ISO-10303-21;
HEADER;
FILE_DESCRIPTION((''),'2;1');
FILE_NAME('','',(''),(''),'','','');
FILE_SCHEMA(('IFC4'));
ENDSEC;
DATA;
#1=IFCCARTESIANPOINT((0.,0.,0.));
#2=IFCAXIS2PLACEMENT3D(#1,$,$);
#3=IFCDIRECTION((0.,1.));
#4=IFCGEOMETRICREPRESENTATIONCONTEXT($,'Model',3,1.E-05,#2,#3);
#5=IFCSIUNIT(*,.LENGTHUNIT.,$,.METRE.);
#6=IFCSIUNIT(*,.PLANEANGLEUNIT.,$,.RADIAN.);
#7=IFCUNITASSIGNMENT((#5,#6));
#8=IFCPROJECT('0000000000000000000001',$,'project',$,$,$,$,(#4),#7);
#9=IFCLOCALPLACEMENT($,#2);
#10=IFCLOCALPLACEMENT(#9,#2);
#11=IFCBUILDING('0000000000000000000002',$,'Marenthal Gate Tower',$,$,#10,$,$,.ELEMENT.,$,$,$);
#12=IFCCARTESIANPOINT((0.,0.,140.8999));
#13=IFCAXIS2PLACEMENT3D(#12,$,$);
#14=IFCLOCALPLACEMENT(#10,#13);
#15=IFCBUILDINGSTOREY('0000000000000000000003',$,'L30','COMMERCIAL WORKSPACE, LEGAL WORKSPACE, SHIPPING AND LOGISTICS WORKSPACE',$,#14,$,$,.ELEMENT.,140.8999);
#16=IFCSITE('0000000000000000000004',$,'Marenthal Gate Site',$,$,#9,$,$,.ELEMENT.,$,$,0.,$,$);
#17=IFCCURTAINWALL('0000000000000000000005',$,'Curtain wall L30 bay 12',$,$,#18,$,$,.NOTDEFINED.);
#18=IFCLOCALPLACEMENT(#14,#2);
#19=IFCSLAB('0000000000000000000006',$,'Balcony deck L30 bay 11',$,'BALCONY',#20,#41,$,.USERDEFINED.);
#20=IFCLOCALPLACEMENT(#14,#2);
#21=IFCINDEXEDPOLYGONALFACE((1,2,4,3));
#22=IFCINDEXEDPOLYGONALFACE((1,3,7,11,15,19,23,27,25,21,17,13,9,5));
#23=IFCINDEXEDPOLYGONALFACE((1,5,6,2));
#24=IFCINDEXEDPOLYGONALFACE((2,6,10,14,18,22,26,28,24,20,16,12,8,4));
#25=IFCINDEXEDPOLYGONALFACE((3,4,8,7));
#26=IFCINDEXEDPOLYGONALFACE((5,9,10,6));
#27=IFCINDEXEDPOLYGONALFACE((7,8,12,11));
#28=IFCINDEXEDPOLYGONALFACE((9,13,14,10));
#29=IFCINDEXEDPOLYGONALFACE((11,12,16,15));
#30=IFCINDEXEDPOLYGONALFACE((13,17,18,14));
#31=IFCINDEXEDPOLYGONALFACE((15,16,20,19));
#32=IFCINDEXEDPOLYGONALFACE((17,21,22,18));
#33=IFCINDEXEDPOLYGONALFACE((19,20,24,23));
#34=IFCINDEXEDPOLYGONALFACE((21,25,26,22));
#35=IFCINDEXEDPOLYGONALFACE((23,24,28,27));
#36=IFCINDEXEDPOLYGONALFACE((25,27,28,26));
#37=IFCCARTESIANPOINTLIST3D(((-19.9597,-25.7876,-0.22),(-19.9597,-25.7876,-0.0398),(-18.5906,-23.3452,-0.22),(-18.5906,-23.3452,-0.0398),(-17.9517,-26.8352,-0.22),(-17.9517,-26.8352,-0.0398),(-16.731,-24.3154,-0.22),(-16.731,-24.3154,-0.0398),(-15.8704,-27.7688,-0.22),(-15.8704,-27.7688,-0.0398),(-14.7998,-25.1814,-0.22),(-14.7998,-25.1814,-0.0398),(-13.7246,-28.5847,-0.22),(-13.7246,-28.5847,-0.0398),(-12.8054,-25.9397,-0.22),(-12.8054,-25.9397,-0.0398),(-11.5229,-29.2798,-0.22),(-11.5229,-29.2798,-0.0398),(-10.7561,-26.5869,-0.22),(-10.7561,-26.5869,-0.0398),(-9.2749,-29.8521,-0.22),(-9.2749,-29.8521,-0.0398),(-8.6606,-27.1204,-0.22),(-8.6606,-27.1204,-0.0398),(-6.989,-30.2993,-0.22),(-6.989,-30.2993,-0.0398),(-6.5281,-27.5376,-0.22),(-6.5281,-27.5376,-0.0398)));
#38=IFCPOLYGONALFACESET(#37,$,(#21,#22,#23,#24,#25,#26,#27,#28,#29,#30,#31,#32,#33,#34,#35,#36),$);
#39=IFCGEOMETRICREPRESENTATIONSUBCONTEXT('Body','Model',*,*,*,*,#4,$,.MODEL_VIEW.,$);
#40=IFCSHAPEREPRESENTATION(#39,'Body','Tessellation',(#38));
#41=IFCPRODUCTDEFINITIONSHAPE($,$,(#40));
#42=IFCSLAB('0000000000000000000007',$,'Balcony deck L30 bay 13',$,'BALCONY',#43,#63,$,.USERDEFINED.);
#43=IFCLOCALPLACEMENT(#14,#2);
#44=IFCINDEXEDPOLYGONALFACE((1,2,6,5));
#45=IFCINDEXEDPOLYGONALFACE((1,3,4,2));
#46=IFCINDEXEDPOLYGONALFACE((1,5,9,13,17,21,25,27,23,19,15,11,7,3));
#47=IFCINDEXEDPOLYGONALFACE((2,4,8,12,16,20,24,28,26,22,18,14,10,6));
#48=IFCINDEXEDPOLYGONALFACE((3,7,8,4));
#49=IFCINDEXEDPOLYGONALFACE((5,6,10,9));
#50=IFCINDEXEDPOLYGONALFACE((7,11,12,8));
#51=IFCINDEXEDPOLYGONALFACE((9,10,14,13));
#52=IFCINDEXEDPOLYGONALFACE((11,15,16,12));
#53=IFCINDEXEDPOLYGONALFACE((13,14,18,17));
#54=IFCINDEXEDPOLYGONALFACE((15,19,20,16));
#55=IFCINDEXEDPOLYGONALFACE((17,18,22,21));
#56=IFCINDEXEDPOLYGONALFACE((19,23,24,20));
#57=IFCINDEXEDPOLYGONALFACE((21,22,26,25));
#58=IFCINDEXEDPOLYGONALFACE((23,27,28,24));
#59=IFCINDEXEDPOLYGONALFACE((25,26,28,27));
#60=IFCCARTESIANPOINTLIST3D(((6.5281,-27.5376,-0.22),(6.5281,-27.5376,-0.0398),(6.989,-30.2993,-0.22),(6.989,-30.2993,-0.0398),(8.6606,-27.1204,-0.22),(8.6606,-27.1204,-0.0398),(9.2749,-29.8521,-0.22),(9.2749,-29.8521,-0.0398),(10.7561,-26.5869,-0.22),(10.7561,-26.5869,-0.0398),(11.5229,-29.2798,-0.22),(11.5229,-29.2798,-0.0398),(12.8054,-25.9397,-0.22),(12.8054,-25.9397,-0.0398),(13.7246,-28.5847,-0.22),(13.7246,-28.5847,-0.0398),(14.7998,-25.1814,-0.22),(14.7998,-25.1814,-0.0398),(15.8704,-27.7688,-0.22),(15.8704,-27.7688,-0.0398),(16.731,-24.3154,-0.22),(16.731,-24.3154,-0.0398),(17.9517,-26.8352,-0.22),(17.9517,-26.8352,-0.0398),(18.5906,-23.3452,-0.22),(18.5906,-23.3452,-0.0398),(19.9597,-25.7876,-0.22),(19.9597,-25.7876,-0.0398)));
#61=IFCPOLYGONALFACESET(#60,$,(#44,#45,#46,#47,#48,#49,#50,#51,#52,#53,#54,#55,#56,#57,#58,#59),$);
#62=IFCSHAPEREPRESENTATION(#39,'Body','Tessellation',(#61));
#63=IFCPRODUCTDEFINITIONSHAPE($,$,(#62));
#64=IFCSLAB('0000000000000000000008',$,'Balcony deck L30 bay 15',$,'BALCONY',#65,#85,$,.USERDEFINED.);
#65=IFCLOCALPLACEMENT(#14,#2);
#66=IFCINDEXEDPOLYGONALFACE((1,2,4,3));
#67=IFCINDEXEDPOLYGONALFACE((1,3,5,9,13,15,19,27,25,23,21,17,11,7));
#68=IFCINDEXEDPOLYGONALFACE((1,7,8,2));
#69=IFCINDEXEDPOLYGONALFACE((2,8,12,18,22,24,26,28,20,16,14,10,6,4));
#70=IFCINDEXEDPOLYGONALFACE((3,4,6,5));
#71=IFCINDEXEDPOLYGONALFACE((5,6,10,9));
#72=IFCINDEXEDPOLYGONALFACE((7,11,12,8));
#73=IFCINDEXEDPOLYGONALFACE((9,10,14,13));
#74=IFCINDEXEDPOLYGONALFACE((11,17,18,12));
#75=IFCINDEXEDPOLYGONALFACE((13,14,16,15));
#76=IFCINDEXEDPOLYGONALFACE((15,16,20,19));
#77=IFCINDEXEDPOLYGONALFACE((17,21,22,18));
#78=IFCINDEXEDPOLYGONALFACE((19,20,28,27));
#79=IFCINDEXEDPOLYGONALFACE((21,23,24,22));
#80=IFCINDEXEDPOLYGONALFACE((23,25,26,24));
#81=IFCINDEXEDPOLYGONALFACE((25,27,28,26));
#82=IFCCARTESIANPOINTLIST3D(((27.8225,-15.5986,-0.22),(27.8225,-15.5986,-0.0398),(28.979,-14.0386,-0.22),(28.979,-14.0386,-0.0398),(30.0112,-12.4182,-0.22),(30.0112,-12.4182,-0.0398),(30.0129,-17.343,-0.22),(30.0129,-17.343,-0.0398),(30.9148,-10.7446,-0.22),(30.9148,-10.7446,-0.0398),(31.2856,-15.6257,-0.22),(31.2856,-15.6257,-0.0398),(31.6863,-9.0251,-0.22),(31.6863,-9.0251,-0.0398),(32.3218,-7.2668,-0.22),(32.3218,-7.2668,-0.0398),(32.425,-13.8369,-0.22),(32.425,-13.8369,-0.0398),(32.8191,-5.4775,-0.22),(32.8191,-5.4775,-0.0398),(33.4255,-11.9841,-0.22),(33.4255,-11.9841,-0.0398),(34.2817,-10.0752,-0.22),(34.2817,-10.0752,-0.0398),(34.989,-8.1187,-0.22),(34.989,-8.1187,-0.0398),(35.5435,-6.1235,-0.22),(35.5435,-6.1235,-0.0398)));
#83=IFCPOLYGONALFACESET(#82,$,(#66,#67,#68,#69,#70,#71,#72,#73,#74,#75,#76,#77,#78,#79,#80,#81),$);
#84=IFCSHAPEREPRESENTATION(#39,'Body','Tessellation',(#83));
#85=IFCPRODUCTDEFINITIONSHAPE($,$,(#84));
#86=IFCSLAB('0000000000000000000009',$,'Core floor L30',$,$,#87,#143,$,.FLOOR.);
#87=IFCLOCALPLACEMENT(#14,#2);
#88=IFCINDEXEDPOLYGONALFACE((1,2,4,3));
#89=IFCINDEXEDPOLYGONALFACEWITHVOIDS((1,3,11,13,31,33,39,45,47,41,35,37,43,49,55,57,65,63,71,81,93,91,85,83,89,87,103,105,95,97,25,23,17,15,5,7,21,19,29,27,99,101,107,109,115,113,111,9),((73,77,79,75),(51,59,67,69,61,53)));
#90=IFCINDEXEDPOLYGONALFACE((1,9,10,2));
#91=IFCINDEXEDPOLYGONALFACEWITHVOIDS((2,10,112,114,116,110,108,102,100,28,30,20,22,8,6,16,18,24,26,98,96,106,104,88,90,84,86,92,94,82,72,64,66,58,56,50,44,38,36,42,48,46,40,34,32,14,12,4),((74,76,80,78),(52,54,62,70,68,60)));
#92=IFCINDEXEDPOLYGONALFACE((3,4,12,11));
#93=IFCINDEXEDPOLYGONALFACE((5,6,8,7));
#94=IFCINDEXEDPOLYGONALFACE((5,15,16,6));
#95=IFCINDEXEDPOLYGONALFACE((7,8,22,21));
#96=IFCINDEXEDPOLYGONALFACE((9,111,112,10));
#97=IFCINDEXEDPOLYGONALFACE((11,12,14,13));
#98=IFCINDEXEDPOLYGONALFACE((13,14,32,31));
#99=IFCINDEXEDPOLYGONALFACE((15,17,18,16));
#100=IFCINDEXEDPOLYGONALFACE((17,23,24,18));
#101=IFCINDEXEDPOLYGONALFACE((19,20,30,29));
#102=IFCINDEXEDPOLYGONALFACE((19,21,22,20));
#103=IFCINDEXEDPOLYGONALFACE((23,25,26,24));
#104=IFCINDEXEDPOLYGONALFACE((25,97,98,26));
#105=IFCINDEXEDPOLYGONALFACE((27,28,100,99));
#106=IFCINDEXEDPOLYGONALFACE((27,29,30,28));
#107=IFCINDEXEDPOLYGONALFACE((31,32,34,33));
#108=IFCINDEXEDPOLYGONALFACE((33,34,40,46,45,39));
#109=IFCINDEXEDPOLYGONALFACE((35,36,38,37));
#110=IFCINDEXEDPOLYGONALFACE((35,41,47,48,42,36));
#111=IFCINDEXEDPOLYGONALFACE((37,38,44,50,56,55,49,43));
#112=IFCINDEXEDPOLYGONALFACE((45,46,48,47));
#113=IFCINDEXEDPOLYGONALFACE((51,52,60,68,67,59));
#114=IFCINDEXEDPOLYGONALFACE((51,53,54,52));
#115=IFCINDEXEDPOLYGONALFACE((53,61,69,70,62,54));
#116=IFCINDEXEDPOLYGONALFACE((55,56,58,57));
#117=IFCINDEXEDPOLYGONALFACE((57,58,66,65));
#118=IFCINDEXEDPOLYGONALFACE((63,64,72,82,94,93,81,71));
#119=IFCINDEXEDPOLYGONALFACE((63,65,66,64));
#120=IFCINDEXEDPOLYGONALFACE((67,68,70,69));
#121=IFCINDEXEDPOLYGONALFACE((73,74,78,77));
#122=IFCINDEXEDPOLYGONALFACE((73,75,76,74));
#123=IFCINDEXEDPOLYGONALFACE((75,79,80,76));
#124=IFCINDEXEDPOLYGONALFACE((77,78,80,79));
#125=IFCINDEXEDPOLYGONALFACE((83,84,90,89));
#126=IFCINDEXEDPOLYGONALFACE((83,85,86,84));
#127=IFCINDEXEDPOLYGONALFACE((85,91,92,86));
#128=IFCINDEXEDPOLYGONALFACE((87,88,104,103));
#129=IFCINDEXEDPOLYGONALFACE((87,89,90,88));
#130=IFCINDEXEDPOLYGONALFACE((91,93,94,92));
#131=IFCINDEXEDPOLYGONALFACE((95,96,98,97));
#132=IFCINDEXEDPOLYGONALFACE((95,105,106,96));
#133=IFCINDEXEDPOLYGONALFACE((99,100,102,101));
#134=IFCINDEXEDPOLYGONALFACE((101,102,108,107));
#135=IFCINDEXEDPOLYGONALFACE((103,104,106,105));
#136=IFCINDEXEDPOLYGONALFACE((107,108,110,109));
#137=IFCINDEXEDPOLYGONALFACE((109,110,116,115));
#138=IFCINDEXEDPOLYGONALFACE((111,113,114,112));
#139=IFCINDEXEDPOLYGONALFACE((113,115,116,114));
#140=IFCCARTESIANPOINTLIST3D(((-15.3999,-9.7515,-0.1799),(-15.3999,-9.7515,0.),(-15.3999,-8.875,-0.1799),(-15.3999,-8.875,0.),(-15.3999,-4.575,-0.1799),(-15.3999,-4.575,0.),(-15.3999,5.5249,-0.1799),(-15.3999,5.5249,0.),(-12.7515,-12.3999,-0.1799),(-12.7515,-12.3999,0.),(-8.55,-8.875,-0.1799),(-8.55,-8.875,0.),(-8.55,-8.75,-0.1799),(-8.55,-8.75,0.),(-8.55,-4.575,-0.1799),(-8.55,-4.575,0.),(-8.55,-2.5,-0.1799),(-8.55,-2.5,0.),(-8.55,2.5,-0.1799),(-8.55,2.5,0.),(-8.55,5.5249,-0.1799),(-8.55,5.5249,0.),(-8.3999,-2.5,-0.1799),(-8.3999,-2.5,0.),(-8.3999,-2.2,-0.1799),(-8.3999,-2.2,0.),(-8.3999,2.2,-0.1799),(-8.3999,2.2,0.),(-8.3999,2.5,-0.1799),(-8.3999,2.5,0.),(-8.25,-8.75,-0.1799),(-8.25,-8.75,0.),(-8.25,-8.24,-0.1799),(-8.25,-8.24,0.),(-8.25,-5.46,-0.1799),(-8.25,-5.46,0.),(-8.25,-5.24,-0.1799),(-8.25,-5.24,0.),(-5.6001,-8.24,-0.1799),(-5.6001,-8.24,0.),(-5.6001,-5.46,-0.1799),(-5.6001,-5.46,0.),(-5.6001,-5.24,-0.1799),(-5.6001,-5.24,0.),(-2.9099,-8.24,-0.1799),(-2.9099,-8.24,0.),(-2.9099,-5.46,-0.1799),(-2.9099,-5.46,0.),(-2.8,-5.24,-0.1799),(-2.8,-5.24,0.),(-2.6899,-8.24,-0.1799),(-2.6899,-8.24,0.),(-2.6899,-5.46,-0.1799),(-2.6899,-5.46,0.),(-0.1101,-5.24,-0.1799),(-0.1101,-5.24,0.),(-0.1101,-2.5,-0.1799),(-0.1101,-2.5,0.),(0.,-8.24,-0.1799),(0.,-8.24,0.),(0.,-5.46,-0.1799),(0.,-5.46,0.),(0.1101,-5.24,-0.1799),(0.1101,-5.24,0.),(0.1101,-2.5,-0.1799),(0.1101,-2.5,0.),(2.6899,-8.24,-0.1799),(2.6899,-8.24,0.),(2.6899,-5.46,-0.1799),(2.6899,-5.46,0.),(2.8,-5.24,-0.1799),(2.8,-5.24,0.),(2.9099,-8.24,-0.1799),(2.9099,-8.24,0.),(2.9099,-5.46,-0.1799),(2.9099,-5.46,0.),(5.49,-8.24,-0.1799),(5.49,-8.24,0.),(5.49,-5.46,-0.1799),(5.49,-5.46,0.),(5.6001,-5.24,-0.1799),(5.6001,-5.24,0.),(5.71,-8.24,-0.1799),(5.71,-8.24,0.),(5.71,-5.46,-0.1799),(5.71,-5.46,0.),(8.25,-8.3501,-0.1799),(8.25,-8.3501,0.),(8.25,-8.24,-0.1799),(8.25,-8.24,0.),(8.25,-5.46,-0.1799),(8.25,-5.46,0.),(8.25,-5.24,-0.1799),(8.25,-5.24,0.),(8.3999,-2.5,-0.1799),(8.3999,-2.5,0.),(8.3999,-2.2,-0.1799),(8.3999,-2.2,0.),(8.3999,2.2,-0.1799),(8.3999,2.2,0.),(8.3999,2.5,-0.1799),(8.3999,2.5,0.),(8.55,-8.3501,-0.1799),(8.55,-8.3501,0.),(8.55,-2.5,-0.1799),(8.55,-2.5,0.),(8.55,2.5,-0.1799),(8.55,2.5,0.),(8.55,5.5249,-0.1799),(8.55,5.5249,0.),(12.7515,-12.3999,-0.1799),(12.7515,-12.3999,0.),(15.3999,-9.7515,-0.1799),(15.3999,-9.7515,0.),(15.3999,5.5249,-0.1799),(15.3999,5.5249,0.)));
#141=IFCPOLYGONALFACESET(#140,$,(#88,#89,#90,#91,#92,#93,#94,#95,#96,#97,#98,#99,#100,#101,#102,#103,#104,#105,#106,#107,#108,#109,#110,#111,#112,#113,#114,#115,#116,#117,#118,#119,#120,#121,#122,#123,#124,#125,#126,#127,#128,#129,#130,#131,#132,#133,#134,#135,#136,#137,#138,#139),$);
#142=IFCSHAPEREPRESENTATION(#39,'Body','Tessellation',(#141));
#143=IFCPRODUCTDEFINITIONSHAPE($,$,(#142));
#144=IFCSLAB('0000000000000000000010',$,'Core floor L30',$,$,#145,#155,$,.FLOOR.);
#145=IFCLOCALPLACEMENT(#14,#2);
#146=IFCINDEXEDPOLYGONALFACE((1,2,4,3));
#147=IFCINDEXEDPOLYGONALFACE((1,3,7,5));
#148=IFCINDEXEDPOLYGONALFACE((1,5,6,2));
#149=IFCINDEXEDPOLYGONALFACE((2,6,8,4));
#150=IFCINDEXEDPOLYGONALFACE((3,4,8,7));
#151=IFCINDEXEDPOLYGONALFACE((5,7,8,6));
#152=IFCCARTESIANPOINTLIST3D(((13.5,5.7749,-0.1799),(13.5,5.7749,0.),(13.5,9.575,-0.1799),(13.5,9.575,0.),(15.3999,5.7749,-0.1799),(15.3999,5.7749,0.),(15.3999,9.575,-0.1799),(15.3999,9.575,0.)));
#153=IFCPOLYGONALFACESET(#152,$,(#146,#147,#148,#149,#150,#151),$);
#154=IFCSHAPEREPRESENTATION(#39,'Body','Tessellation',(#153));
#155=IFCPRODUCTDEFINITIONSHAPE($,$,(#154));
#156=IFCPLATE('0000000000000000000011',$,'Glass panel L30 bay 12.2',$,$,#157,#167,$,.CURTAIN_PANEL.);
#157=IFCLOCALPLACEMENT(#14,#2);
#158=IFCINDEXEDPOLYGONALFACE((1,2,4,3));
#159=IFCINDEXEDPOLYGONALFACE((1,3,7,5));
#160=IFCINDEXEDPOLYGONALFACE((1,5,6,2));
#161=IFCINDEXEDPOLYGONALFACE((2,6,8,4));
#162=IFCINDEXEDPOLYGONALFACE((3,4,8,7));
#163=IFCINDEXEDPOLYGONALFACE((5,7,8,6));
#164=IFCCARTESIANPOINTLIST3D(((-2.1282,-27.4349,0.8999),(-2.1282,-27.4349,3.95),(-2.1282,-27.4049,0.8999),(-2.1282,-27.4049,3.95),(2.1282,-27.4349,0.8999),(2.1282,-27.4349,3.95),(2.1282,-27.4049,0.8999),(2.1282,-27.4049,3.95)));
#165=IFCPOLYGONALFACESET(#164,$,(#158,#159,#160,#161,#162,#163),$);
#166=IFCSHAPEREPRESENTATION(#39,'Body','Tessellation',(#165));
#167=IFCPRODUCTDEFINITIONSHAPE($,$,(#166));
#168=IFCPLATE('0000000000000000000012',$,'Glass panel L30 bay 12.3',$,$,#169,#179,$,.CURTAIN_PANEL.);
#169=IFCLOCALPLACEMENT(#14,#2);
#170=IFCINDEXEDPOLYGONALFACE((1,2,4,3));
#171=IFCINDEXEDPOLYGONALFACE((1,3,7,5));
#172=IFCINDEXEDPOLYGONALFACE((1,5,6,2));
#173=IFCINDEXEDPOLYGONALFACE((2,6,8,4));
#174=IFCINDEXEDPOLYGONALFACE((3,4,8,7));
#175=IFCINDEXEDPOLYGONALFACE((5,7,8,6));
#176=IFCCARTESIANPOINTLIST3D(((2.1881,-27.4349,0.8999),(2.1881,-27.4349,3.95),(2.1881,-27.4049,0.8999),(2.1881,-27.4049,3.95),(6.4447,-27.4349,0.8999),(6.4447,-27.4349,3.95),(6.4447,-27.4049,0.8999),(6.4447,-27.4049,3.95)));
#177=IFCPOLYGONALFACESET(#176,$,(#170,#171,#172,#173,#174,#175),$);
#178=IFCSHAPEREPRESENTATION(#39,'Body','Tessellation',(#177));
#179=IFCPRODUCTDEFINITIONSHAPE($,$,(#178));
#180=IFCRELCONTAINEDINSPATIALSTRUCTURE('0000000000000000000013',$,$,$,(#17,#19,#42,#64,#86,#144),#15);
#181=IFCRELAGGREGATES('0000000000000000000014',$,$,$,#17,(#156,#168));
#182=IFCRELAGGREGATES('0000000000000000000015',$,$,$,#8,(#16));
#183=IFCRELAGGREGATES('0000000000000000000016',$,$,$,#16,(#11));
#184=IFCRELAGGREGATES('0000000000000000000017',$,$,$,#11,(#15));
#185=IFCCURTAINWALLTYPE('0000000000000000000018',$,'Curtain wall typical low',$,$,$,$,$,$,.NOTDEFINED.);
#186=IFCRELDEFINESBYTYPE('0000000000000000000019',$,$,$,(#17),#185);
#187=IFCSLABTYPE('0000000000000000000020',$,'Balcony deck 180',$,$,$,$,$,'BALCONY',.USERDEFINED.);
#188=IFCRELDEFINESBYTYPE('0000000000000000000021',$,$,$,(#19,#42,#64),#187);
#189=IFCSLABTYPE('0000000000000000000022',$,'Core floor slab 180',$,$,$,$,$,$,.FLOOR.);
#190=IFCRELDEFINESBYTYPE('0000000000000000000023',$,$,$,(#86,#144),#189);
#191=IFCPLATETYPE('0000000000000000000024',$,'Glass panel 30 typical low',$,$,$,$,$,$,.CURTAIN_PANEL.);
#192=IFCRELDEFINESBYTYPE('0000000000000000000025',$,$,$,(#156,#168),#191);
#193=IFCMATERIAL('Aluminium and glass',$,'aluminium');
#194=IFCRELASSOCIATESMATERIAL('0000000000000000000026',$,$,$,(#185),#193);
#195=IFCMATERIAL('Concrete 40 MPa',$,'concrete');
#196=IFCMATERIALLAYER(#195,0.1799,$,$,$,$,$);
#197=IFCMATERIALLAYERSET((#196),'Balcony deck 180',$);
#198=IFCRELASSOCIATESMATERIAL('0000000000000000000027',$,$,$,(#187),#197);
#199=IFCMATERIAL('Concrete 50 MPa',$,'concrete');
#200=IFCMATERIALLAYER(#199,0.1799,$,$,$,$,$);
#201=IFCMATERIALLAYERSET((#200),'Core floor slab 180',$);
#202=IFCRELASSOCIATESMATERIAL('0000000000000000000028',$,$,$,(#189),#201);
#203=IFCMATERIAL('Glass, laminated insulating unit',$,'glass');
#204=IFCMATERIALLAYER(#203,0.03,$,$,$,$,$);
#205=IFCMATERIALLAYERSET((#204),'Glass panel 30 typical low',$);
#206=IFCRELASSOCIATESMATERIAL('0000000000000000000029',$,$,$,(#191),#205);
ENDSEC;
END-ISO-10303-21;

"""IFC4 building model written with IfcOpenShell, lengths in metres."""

from ifc_helpers import new_model, si_unit, direction, frame, origin, origin_2d, place, context, subcontext, project, spatial, polyline, rectangle, outline, extrude, material, layer, layer_set, type_object, element, aggregate, save


model = new_model("IFC4")

# Units and contexts
model_context = context("Model", 3, precision=1e-05, world=origin(), true_north=direction((0.0, 1.0)))
body_context = subcontext(model_context, "Body", "Model", "MODEL_VIEW")
ifc_project = project(units=[si_unit("LENGTHUNIT", "METRE"), si_unit("PLANEANGLEUNIT", "RADIAN")], contexts=[model_context])

# Site, building, storey
site_placement = place(None, origin())
site = spatial("IfcSite", under=ifc_project, at=site_placement, Name="Marenthal Gate Site", CompositionType="ELEMENT", RefElevation=0.0)
building_placement = place(site_placement, origin())
building = spatial("IfcBuilding", under=site, at=building_placement, Name="Marenthal Gate Tower", CompositionType="ELEMENT")
storey_placement = place(building_placement, frame((0.0, 0.0, 140.8999)))
storey = spatial("IfcBuildingStorey", under=building, at=storey_placement, Name="L30", Description="COMMERCIAL WORKSPACE, LEGAL WORKSPACE, SHIPPING AND LOGISTICS WORKSPACE", CompositionType="ELEMENT", Elevation=140.8999)

# Curtain wall
ifc_material_1 = material(Name="Aluminium and glass", Category="aluminium")
curtain_wall_type = type_object("IfcCurtainWallType", Name="Curtain wall typical low", PredefinedType="NOTDEFINED", material=ifc_material_1)
curtain_wall_placement = place(storey_placement, origin())
curtain_wall = element("IfcCurtainWall", 1, at=curtain_wall_placement, inside=storey, type_object=curtain_wall_type, Name="Curtain wall L30 bay 12", PredefinedType="NOTDEFINED")

# Slabs
ifc_material_2 = material(Name="Concrete 40 MPa", Category="concrete")
ifc_layer_1 = layer(ifc_material_2, 0.1799)
ifc_layer_set_1 = layer_set([ifc_layer_1], Name="Balcony deck 180")
slab_type_1 = type_object("IfcSlabType", Name="Balcony deck 180", ElementType="BALCONY", PredefinedType="USERDEFINED", material=ifc_layer_set_1)
slab_1_placement = place(storey_placement, frame((0.0, 0.0, -0.22)))
element("IfcSlab", 2, at=slab_1_placement, inside=storey, type_object=slab_type_1, Name="Balcony deck L30 bay 11", ObjectType="BALCONY", PredefinedType="USERDEFINED", context=body_context, shape_type="SweptSolid", body=[
    extrude(outline(polyline([(-18.5906, -23.3452), (-16.731, -24.3154), (-14.7998, -25.1814), (-12.8054, -25.9397), (-10.7561, -26.5869), (-8.6606, -27.1204), (-6.5281, -27.5376), (-6.989, -30.2993), (-9.2749, -29.8521), (-11.5229, -29.2798), (-13.7246, -28.5847), (-15.8704, -27.7688), (-17.9517, -26.8352), (-19.9597, -25.7876), (-18.5906, -23.3452)])), origin(), (0.0, 0.0, 1.0), 0.1802),
])
slab_2_placement = place(storey_placement, frame((0.0, 0.0, -0.22)))
element("IfcSlab", 3, at=slab_2_placement, inside=storey, type_object=slab_type_1, Name="Balcony deck L30 bay 13", ObjectType="BALCONY", PredefinedType="USERDEFINED", context=body_context, shape_type="SweptSolid", body=[
    extrude(outline(polyline([(6.5281, -27.5376), (8.6606, -27.1204), (10.7561, -26.5869), (12.8054, -25.9397), (14.7998, -25.1814), (16.731, -24.3154), (18.5906, -23.3452), (19.9597, -25.7876), (17.9517, -26.8352), (15.8704, -27.7688), (13.7246, -28.5847), (11.5229, -29.2798), (9.2749, -29.8521), (6.989, -30.2993), (6.5281, -27.5376)])), origin(), (0.0, 0.0, 1.0), 0.1802),
])
slab_3_placement = place(storey_placement, frame((0.0, 0.0, -0.22)))
element("IfcSlab", 4, at=slab_3_placement, inside=storey, type_object=slab_type_1, Name="Balcony deck L30 bay 15", ObjectType="BALCONY", PredefinedType="USERDEFINED", context=body_context, shape_type="SweptSolid", body=[
    extrude(outline(polyline([(27.8225, -15.5986), (28.979, -14.0386), (30.0112, -12.4182), (30.9148, -10.7446), (31.6863, -9.0251), (32.3218, -7.2668), (32.8191, -5.4775), (35.5435, -6.1235), (34.989, -8.1187), (34.2817, -10.0752), (33.4255, -11.9841), (32.425, -13.8369), (31.2856, -15.6257), (30.0129, -17.343), (27.8225, -15.5986)])), origin(), (0.0, 0.0, 1.0), 0.1802),
])
ifc_material_3 = material(Name="Concrete 50 MPa", Category="concrete")
ifc_layer_2 = layer(ifc_material_3, 0.1799)
ifc_layer_set_2 = layer_set([ifc_layer_2], Name="Core floor slab 180")
slab_type_2 = type_object("IfcSlabType", Name="Core floor slab 180", PredefinedType="FLOOR", material=ifc_layer_set_2)
slab_4_placement = place(storey_placement, frame((0.0, 0.0, -0.1799)))
element("IfcSlab", 5, at=slab_4_placement, inside=storey, type_object=slab_type_2, Name="Core floor L30", PredefinedType="FLOOR", context=body_context, shape_type="SweptSolid", body=[
    extrude(outline(polyline([(15.3999, -9.7515), (12.7515, -12.3999), (-12.7515, -12.3999), (-15.3999, -9.7515), (-15.3999, -8.875), (-8.55, -8.875), (-8.55, -8.75), (-8.25, -8.75), (-8.25, -8.24), (-5.6001, -8.24), (-2.9099, -8.24), (-2.9099, -5.46), (-5.6001, -5.46), (-8.25, -5.46), (-8.25, -5.24), (-5.6001, -5.24), (-2.8, -5.24), (-0.1101, -5.24), (-0.1101, -2.5), (0.1101, -2.5), (0.1101, -5.24), (2.8, -5.24), (5.6001, -5.24), (8.25, -5.24), (8.25, -5.46), (5.71, -5.46), (5.71, -8.24), (8.25, -8.24), (8.25, -8.3501), (8.55, -8.3501), (8.55, -2.5), (8.3999, -2.5), (8.3999, -2.2), (-8.3999, -2.2), (-8.3999, -2.5), (-8.55, -2.5), (-8.55, -4.575), (-15.3999, -4.575), (-15.3999, 5.5249), (-8.55, 5.5249), (-8.55, 2.5), (-8.3999, 2.5), (-8.3999, 2.2), (8.3999, 2.2), (8.3999, 2.5), (8.55, 2.5), (8.55, 5.5249), (15.3999, 5.5249), (15.3999, -9.7515)]), holes=[polyline([(2.6899, -5.46), (0.0, -5.46), (-2.6899, -5.46), (-2.6899, -8.24), (0.0, -8.24), (2.6899, -8.24), (2.6899, -5.46)]), polyline([(5.49, -5.46), (2.9099, -5.46), (2.9099, -8.24), (5.49, -8.24), (5.49, -5.46)])]), origin(), (0.0, 0.0, 1.0), 0.1799),
])
slab_5_placement = place(storey_placement, frame((0.0, 0.0, -0.1799)))
element("IfcSlab", 6, at=slab_5_placement, inside=storey, type_object=slab_type_2, Name="Core floor L30", PredefinedType="FLOOR", context=body_context, shape_type="SweptSolid", body=[
    extrude(outline(polyline([(15.3999, 5.7749), (13.5, 5.7749), (13.5, 9.575), (15.3999, 9.575), (15.3999, 5.7749)])), origin(), (0.0, 0.0, 1.0), 0.1799),
])

# Plates
ifc_material_4 = material(Name="Glass, laminated insulating unit", Category="glass")
ifc_layer_3 = layer(ifc_material_4, 0.03)
ifc_layer_set_3 = layer_set([ifc_layer_3], Name="Glass panel 30 typical low")
plate_type = type_object("IfcPlateType", Name="Glass panel 30 typical low", PredefinedType="CURTAIN_PANEL", material=ifc_layer_set_3)
plate_1_placement = place(storey_placement, frame((0.0, -27.4199, 0.8999), z_axis=(0.0, 0.0, 1.0), x_axis=(1.0, 0.0, 0.0)))
plate_1 = element("IfcPlate", 7, at=plate_1_placement, type_object=plate_type, Name="Glass panel L30 bay 12.2", PredefinedType="CURTAIN_PANEL", context=body_context, shape_type="SweptSolid", body=[
    extrude(rectangle(XDim=4.2563, YDim=0.03, at=origin_2d()), origin(), (0.0, 0.0, 1.0), 3.05),
])
plate_2_placement = place(storey_placement, frame((4.3164, -27.4199, 0.8999), z_axis=(0.0, 0.0, 1.0), x_axis=(1.0, 0.0, 0.0)))
plate_2 = element("IfcPlate", 8, at=plate_2_placement, type_object=plate_type, Name="Glass panel L30 bay 12.3", PredefinedType="CURTAIN_PANEL", context=body_context, shape_type="SweptSolid", body=[
    extrude(rectangle(XDim=4.2566, YDim=0.03, at=origin_2d()), origin(), (0.0, 0.0, 1.0), 3.05),
])
aggregate(curtain_wall, [plate_1, plate_2])

save(model, "model.ifc")
